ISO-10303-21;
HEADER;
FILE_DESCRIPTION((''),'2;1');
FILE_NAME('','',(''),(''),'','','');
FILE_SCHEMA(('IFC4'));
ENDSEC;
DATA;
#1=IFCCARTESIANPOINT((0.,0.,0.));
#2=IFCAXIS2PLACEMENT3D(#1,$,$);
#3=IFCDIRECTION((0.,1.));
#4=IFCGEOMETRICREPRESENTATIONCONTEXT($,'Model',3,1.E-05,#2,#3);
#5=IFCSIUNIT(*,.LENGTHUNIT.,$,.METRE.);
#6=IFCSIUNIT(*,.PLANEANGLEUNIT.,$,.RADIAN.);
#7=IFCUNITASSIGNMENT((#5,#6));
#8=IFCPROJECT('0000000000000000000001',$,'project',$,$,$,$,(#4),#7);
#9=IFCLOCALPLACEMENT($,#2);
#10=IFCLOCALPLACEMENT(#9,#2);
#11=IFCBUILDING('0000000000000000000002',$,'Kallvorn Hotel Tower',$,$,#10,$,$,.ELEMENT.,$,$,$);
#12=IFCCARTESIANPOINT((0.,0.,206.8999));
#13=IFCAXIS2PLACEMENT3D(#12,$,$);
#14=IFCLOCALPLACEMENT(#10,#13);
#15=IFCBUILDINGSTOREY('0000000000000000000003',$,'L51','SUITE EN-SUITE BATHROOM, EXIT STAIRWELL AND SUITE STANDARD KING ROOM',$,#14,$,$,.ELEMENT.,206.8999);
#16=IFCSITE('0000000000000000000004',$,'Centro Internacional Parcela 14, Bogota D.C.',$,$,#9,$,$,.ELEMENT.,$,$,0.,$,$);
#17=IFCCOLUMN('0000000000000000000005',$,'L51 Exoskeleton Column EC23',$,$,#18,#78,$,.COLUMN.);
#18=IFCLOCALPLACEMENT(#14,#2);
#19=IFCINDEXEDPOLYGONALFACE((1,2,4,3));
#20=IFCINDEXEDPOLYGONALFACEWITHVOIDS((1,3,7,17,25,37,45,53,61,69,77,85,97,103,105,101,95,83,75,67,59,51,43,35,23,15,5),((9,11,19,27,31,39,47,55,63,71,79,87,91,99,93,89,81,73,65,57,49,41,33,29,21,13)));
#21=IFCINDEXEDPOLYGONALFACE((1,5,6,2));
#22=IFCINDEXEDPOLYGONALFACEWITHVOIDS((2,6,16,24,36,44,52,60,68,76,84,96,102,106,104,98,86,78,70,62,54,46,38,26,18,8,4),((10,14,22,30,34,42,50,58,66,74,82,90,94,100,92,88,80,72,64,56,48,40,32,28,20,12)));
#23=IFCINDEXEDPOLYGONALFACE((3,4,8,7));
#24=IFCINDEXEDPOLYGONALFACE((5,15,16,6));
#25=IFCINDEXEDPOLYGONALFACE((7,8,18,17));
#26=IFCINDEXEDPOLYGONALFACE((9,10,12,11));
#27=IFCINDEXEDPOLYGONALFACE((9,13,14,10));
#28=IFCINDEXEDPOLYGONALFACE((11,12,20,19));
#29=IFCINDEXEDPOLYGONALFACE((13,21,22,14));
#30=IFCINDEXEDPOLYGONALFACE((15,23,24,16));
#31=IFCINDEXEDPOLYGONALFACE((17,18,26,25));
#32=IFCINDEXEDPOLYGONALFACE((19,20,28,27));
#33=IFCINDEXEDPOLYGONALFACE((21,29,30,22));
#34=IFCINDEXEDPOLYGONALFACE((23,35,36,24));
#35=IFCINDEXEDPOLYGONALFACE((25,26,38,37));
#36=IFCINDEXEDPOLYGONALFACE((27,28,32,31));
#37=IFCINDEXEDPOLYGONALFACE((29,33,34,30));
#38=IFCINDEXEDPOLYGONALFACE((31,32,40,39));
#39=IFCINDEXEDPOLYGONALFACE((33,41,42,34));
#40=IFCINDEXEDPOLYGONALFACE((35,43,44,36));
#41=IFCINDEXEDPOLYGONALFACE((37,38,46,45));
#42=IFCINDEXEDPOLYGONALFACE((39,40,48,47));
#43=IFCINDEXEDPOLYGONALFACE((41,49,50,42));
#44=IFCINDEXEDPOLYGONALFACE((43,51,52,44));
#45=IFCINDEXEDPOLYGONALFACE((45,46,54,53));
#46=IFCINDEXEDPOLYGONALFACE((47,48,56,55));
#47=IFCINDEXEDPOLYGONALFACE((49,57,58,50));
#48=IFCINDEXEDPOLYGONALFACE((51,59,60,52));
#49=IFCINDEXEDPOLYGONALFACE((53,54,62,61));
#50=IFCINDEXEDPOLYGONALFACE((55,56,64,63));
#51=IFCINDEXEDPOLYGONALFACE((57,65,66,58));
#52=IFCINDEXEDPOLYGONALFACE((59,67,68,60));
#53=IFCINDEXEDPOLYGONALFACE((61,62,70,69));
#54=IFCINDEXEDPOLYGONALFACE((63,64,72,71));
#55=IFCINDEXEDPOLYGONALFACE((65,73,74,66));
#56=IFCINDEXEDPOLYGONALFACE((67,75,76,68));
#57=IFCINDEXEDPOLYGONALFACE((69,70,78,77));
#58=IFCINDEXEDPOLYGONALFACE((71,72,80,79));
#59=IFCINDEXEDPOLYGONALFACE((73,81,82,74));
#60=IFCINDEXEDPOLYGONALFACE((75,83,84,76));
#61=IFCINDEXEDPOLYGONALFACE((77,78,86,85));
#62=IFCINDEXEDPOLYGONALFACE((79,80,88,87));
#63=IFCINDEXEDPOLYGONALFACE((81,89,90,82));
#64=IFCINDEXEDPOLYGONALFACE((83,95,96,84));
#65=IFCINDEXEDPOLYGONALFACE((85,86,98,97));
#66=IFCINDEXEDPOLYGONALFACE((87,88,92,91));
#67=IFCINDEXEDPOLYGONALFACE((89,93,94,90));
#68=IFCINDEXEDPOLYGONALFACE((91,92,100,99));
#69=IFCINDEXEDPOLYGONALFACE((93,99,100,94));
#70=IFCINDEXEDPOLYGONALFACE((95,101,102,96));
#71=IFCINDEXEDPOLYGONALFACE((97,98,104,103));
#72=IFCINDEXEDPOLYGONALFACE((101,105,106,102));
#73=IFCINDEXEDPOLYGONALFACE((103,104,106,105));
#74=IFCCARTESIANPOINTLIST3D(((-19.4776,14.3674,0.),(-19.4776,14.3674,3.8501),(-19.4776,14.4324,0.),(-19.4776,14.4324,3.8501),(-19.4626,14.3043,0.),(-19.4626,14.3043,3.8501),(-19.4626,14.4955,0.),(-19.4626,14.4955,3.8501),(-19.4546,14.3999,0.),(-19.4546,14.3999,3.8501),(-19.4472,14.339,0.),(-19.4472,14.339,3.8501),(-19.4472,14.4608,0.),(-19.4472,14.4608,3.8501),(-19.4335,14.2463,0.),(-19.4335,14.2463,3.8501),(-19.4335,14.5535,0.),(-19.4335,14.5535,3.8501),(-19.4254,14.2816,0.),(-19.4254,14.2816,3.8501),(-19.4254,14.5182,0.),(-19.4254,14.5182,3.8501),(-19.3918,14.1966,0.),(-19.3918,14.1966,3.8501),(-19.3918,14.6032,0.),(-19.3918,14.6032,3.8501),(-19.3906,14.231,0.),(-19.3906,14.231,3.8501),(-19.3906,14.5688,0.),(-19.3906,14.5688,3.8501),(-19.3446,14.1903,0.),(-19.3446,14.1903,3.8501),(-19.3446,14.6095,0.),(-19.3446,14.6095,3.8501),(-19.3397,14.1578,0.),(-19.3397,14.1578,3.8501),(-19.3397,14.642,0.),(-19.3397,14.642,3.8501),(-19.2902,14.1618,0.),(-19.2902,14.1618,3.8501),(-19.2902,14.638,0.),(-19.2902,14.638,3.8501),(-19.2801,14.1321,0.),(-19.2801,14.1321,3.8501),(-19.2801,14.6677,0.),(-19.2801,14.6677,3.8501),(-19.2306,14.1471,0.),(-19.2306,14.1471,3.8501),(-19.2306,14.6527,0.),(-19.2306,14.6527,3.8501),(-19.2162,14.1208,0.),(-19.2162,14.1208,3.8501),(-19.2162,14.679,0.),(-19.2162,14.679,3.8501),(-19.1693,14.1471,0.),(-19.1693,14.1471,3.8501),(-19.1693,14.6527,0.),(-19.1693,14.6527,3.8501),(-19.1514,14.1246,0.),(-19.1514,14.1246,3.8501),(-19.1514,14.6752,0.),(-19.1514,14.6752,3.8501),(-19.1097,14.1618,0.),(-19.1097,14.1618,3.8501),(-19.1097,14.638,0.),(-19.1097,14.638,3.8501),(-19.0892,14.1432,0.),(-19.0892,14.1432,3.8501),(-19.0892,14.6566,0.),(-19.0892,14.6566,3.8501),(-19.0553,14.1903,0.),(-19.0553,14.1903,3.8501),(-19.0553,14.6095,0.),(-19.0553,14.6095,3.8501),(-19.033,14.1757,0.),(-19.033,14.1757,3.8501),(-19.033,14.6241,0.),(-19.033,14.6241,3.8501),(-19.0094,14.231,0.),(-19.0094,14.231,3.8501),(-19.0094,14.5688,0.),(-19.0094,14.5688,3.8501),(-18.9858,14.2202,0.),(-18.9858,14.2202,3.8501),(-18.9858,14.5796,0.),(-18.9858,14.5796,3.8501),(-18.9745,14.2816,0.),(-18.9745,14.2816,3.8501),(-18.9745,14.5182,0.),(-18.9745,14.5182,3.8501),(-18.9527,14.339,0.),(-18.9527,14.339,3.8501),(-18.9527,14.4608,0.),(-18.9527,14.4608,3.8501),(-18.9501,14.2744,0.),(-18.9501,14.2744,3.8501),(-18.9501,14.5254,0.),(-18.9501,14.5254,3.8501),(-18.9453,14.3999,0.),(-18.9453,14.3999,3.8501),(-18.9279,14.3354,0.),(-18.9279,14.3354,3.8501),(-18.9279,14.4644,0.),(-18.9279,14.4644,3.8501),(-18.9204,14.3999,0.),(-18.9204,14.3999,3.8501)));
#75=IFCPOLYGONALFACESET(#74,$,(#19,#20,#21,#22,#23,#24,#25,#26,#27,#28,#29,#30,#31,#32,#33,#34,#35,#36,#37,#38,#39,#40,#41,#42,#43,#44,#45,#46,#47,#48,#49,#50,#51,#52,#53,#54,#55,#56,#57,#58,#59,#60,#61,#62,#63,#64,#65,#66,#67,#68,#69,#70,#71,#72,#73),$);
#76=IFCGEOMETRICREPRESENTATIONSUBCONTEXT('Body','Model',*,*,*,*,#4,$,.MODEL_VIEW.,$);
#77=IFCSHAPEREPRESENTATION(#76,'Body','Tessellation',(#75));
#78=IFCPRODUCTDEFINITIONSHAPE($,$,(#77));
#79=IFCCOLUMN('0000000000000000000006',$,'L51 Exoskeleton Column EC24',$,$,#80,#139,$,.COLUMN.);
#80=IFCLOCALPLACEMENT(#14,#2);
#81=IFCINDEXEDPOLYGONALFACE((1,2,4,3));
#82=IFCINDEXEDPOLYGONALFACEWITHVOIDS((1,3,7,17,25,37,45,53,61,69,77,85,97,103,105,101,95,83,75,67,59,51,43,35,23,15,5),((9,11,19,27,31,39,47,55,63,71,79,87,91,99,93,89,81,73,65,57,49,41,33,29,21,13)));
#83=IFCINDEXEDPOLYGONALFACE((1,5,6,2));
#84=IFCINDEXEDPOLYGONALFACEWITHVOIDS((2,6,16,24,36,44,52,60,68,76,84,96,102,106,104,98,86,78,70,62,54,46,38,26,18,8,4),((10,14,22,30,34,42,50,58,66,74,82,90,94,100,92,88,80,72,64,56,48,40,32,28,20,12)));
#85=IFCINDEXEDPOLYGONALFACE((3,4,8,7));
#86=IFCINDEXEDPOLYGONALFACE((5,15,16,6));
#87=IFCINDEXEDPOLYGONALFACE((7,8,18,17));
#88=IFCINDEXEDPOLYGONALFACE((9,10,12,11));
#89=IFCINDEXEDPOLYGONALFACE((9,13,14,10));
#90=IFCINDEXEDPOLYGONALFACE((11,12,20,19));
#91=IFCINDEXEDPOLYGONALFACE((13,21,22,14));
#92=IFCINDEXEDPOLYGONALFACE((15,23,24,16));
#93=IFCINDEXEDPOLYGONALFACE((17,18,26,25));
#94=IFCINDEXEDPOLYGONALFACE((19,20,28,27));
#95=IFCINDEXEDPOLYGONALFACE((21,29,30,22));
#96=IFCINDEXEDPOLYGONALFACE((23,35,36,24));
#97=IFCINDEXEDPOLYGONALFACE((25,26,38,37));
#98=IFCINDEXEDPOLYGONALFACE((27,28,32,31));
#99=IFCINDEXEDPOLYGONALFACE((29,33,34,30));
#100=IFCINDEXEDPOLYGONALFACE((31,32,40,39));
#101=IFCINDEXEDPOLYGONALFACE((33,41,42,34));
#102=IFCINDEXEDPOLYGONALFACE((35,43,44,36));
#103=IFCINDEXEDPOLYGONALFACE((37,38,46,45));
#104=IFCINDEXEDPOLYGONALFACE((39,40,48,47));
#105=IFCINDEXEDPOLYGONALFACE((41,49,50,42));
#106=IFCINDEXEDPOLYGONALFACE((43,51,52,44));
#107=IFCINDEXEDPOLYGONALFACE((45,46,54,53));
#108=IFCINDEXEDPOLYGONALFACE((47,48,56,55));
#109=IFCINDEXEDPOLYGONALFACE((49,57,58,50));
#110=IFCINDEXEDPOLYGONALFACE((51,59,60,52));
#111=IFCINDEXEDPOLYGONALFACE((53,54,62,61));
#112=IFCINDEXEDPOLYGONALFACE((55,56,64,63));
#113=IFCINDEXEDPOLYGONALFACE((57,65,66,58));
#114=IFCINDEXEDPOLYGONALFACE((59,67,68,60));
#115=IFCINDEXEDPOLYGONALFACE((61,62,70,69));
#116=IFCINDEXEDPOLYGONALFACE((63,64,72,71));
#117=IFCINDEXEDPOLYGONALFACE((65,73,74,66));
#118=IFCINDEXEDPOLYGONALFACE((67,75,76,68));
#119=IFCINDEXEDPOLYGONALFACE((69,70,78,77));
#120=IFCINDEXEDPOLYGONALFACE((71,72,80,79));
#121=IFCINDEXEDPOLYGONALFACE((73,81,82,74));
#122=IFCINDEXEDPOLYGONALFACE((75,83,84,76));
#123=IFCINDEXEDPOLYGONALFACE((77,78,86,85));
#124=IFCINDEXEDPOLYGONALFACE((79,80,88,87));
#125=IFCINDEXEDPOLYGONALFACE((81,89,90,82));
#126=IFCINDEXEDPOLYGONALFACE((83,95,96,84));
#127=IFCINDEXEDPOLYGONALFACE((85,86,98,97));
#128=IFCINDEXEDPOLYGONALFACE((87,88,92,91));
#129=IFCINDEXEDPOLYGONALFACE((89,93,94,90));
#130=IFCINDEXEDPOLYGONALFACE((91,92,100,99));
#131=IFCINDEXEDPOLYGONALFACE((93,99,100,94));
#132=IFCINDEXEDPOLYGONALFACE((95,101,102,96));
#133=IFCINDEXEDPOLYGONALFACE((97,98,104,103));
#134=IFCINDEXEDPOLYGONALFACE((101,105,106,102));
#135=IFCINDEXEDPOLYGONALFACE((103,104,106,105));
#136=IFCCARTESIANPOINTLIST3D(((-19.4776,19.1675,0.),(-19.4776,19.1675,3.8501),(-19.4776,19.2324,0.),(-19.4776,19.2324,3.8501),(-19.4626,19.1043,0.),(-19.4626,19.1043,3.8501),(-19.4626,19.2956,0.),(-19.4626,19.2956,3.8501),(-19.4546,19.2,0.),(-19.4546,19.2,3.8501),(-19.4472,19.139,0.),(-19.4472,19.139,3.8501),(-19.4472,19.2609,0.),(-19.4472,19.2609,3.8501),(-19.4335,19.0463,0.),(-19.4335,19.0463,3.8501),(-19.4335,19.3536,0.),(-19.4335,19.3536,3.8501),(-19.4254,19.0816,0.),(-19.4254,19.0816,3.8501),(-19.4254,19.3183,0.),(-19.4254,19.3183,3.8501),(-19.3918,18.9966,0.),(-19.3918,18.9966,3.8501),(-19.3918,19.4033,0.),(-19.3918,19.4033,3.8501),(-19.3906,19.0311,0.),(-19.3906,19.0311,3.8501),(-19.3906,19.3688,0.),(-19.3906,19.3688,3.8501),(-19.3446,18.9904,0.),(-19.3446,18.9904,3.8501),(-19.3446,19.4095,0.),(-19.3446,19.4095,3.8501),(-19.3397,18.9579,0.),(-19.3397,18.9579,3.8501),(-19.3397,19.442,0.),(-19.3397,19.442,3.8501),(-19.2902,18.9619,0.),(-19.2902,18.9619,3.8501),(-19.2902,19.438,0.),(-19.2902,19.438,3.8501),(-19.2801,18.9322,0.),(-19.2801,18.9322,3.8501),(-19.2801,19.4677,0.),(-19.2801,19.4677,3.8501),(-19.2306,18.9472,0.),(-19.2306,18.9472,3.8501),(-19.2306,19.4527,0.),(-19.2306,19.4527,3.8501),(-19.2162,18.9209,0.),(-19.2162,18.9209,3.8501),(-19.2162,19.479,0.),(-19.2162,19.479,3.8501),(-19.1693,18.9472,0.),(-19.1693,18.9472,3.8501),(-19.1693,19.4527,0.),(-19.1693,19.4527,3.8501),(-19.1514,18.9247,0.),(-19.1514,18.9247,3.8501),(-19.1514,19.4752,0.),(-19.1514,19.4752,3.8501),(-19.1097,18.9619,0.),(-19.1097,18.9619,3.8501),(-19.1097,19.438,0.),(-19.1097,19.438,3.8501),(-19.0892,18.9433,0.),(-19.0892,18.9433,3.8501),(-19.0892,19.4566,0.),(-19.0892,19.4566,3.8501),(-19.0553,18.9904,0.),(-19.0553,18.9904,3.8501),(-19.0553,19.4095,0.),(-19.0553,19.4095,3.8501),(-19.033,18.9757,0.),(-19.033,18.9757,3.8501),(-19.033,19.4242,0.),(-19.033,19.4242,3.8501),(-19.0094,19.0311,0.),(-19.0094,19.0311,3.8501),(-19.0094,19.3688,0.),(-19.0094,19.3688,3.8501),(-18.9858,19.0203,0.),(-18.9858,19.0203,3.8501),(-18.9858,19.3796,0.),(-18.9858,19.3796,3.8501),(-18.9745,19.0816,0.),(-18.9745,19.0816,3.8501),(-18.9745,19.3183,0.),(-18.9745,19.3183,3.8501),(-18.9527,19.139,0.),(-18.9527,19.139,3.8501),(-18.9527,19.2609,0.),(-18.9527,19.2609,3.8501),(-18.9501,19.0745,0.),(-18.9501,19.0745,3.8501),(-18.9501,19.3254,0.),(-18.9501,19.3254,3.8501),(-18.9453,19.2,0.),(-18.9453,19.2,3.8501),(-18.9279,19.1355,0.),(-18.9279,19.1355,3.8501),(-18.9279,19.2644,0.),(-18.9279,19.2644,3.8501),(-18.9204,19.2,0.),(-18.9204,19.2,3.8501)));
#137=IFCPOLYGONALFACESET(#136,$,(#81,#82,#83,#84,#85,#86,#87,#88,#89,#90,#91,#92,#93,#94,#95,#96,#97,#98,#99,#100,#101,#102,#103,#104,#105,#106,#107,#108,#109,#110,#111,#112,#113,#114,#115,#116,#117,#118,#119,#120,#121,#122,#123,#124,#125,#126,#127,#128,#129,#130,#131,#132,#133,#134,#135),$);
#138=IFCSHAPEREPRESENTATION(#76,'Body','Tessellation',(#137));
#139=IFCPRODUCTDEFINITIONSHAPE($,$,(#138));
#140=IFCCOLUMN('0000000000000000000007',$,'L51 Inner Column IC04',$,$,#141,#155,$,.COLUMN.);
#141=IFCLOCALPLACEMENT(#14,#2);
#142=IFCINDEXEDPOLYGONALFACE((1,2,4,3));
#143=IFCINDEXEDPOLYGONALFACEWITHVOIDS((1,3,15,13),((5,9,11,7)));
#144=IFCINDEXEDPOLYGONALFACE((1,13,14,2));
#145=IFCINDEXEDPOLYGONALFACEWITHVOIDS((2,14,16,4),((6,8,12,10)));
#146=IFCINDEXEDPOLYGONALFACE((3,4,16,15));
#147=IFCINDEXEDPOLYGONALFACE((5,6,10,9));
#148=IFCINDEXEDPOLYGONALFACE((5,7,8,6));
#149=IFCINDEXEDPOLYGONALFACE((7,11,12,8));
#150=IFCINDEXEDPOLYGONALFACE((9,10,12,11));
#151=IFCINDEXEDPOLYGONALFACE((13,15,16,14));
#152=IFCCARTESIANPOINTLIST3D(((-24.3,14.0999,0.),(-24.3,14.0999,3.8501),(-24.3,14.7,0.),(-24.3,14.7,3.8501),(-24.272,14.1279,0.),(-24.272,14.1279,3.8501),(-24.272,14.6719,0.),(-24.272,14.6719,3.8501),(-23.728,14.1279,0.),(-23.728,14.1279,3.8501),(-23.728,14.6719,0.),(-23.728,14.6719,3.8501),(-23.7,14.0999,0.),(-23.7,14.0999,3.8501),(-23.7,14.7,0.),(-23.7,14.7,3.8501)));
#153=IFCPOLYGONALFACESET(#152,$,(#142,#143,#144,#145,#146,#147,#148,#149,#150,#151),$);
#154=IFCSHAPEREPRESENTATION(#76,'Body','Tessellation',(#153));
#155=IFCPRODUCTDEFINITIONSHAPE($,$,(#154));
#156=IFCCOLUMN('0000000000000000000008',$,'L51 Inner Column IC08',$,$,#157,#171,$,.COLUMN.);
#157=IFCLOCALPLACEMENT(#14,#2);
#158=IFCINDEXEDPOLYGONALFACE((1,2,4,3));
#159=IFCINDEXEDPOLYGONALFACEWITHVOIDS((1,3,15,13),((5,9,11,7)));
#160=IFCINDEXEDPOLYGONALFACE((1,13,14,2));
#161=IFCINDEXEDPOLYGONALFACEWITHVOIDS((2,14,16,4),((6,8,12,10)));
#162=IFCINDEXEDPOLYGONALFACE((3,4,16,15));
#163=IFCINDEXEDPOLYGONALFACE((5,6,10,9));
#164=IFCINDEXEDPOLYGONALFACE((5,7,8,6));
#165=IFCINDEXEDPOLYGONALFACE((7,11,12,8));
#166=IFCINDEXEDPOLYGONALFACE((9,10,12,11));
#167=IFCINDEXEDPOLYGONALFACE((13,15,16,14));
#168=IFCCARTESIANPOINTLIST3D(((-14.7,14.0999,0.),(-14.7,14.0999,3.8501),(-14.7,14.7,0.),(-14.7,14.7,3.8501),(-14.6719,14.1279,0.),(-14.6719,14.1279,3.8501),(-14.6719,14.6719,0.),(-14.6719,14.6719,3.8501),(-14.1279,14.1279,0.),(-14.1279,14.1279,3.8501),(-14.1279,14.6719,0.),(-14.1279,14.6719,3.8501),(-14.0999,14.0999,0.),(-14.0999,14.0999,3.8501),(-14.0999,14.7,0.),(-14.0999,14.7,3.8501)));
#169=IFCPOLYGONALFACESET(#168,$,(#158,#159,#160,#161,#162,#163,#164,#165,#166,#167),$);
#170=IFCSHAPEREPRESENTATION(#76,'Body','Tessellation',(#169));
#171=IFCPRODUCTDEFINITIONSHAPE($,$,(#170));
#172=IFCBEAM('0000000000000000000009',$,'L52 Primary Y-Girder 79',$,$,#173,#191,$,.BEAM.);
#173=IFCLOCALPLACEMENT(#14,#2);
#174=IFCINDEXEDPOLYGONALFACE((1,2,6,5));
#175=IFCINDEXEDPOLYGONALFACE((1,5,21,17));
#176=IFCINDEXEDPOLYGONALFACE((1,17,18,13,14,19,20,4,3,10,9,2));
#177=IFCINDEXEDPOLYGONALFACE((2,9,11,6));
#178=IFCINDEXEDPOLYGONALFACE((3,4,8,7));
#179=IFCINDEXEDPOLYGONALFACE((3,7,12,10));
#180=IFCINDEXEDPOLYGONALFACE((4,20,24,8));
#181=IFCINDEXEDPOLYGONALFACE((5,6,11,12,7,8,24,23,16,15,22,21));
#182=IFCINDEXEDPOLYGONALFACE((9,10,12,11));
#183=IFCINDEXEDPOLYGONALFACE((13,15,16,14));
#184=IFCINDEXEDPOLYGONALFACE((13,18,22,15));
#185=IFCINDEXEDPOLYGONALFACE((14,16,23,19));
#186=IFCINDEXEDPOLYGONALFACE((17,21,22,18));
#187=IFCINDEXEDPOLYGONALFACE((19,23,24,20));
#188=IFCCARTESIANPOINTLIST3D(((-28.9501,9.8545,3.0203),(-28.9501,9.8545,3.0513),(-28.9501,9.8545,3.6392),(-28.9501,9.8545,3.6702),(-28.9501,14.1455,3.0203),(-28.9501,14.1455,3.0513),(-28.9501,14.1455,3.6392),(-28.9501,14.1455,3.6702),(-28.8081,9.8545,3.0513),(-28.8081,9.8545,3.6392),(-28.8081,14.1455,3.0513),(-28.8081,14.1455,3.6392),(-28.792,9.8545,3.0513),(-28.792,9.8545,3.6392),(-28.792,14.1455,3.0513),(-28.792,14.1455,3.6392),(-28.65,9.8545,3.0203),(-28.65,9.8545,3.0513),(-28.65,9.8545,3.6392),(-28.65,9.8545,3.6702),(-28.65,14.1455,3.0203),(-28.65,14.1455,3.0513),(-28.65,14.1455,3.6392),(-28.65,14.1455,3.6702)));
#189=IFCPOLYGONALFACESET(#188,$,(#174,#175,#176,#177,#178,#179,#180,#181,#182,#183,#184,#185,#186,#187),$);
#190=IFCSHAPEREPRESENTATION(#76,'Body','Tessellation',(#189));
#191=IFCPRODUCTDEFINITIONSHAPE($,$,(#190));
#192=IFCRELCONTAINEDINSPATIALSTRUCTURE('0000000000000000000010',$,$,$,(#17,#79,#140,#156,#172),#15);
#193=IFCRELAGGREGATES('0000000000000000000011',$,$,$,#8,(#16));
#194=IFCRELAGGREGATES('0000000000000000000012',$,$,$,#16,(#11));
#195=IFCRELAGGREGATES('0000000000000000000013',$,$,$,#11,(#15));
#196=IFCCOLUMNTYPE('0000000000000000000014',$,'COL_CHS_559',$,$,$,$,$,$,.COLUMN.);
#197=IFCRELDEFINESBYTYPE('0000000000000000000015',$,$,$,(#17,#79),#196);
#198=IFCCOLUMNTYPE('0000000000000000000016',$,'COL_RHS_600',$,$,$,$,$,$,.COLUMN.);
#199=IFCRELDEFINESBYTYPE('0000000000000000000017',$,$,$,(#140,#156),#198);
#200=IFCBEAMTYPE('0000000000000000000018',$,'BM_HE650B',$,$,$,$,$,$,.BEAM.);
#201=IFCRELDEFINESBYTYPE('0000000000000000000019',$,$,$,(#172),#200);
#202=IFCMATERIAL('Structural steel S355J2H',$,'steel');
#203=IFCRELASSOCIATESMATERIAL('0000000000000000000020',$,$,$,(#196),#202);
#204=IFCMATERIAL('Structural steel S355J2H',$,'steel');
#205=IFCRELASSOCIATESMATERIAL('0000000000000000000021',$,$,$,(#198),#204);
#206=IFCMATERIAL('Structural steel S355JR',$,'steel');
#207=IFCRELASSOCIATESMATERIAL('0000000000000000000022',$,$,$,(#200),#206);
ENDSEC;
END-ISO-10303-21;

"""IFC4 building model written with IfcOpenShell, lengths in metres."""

from ifc_helpers import new_model, si_unit, direction, frame, origin, origin_2d, place, context, subcontext, project, spatial, hollow_rectangle, hollow_circle, i_section, extrude, material, material_profile, profile_set, type_object, element, save


model = new_model("IFC4")

# Units and contexts
model_context = context("Model", 3, precision=1e-05, world=origin(), true_north=direction((0.0, 1.0)))
body_context = subcontext(model_context, "Body", "Model", "MODEL_VIEW")
ifc_project = project(units=[si_unit("LENGTHUNIT", "METRE"), si_unit("PLANEANGLEUNIT", "RADIAN")], contexts=[model_context])

# Site, building, storey
site_placement = place(None, origin())
site = spatial("IfcSite", under=ifc_project, at=site_placement, Name="Centro Internacional Parcela 14, Bogota D.C.", CompositionType="ELEMENT", RefElevation=0.0)
building_placement = place(site_placement, origin())
building = spatial("IfcBuilding", under=site, at=building_placement, Name="Kallvorn Hotel Tower", CompositionType="ELEMENT")
storey_placement = place(building_placement, frame((0.0, 0.0, 206.8999)))
storey = spatial("IfcBuildingStorey", under=building, at=storey_placement, Name="L51", Description="SUITE EN-SUITE BATHROOM, EXIT STAIRWELL AND SUITE STANDARD KING ROOM", CompositionType="ELEMENT", Elevation=206.8999)

# Columns
ifc_material_1 = material(Name="Structural steel S355J2H", Category="steel")
ifc_material_profile_1 = material_profile(ifc_material_1, hollow_circle(Radius=0.2795, WallThickness=0.0249, at=origin_2d()), Name="CHS 559x25")
ifc_profile_set_1 = profile_set([ifc_material_profile_1], Name="Structural steel S355J2H")
column_type_1 = type_object("IfcColumnType", Name="COL_CHS_559", PredefinedType="COLUMN", material=ifc_profile_set_1)
for number, where, z_axis, x_axis, name in (
    (1, (-19.2, 14.3999, 0.0), (0.0, 0.0, 1.0), (1.0, 0.0, 0.0), "L51 Exoskeleton Column EC23"),
    (2, (-19.2, 19.2, 0.0), (0.0, 0.0, 1.0), (1.0, 0.0, 0.0), "L51 Exoskeleton Column EC24"),
):
    element("IfcColumn", number, at=place(storey_placement, frame(where, z_axis=z_axis, x_axis=x_axis)), inside=storey, type_object=column_type_1, Name=name, PredefinedType="COLUMN", context=body_context, shape_type="SweptSolid", body=[
        extrude(hollow_circle(Radius=0.2795, WallThickness=0.0249, at=origin_2d()), origin(), (0.0, 0.0, 1.0), 3.8501),
    ])
ifc_material_2 = material(Name="Structural steel S355J2H", Category="steel")
ifc_material_profile_2 = material_profile(ifc_material_2, hollow_rectangle(XDim=0.6001, YDim=0.6001, WallThickness=0.0281, at=origin_2d()), Name="RHS 600x600x28")
ifc_profile_set_2 = profile_set([ifc_material_profile_2], Name="Structural steel S355J2H")
column_type_2 = type_object("IfcColumnType", Name="COL_RHS_600", PredefinedType="COLUMN", material=ifc_profile_set_2)
for number, where, z_axis, x_axis, name in (
    (3, (-24.0, 14.3999, 0.0), (0.0, 0.0, 1.0), (1.0, 0.0, 0.0), "L51 Inner Column IC04"),
    (4, (-14.3999, 14.3999, 0.0), (0.0, 0.0, 1.0), (1.0, 0.0, 0.0), "L51 Inner Column IC08"),
):
    element("IfcColumn", number, at=place(storey_placement, frame(where, z_axis=z_axis, x_axis=x_axis)), inside=storey, type_object=column_type_2, Name=name, PredefinedType="COLUMN", context=body_context, shape_type="SweptSolid", body=[
        extrude(hollow_rectangle(XDim=0.6001, YDim=0.6001, WallThickness=0.0281, at=origin_2d()), origin(), (0.0, 0.0, 1.0), 3.8501),
    ])

# Beam
ifc_material_3 = material(Name="Structural steel S355JR", Category="steel")
ifc_material_profile_3 = material_profile(ifc_material_3, i_section(OverallWidth=0.3, OverallDepth=0.6499, WebThickness=0.0161, FlangeThickness=0.031, at=origin_2d()), Name="HE 650 B")
ifc_profile_set_3 = profile_set([ifc_material_profile_3], Name="Structural steel S355JR")
beam_type_1 = type_object("IfcBeamType", Name="BM_HE650B", PredefinedType="BEAM", material=ifc_profile_set_3)
for number, where, z_axis, x_axis, name in (
    (5, (-28.8, 9.8545, 3.3452), (0.0, 1.0, 0.0), (-1.0, 0.0, 0.0), "L52 Primary Y-Girder 79"),
):
    element("IfcBeam", number, at=place(storey_placement, frame(where, z_axis=z_axis, x_axis=x_axis)), inside=storey, type_object=beam_type_1, Name=name, PredefinedType="BEAM", context=body_context, shape_type="SweptSolid", body=[
        extrude(i_section(OverallWidth=0.3, OverallDepth=0.6499, WebThickness=0.0161, FlangeThickness=0.031, at=origin_2d()), origin(), (0.0, 0.0, 1.0), 4.291),
    ])

save(model, "model.ifc")
